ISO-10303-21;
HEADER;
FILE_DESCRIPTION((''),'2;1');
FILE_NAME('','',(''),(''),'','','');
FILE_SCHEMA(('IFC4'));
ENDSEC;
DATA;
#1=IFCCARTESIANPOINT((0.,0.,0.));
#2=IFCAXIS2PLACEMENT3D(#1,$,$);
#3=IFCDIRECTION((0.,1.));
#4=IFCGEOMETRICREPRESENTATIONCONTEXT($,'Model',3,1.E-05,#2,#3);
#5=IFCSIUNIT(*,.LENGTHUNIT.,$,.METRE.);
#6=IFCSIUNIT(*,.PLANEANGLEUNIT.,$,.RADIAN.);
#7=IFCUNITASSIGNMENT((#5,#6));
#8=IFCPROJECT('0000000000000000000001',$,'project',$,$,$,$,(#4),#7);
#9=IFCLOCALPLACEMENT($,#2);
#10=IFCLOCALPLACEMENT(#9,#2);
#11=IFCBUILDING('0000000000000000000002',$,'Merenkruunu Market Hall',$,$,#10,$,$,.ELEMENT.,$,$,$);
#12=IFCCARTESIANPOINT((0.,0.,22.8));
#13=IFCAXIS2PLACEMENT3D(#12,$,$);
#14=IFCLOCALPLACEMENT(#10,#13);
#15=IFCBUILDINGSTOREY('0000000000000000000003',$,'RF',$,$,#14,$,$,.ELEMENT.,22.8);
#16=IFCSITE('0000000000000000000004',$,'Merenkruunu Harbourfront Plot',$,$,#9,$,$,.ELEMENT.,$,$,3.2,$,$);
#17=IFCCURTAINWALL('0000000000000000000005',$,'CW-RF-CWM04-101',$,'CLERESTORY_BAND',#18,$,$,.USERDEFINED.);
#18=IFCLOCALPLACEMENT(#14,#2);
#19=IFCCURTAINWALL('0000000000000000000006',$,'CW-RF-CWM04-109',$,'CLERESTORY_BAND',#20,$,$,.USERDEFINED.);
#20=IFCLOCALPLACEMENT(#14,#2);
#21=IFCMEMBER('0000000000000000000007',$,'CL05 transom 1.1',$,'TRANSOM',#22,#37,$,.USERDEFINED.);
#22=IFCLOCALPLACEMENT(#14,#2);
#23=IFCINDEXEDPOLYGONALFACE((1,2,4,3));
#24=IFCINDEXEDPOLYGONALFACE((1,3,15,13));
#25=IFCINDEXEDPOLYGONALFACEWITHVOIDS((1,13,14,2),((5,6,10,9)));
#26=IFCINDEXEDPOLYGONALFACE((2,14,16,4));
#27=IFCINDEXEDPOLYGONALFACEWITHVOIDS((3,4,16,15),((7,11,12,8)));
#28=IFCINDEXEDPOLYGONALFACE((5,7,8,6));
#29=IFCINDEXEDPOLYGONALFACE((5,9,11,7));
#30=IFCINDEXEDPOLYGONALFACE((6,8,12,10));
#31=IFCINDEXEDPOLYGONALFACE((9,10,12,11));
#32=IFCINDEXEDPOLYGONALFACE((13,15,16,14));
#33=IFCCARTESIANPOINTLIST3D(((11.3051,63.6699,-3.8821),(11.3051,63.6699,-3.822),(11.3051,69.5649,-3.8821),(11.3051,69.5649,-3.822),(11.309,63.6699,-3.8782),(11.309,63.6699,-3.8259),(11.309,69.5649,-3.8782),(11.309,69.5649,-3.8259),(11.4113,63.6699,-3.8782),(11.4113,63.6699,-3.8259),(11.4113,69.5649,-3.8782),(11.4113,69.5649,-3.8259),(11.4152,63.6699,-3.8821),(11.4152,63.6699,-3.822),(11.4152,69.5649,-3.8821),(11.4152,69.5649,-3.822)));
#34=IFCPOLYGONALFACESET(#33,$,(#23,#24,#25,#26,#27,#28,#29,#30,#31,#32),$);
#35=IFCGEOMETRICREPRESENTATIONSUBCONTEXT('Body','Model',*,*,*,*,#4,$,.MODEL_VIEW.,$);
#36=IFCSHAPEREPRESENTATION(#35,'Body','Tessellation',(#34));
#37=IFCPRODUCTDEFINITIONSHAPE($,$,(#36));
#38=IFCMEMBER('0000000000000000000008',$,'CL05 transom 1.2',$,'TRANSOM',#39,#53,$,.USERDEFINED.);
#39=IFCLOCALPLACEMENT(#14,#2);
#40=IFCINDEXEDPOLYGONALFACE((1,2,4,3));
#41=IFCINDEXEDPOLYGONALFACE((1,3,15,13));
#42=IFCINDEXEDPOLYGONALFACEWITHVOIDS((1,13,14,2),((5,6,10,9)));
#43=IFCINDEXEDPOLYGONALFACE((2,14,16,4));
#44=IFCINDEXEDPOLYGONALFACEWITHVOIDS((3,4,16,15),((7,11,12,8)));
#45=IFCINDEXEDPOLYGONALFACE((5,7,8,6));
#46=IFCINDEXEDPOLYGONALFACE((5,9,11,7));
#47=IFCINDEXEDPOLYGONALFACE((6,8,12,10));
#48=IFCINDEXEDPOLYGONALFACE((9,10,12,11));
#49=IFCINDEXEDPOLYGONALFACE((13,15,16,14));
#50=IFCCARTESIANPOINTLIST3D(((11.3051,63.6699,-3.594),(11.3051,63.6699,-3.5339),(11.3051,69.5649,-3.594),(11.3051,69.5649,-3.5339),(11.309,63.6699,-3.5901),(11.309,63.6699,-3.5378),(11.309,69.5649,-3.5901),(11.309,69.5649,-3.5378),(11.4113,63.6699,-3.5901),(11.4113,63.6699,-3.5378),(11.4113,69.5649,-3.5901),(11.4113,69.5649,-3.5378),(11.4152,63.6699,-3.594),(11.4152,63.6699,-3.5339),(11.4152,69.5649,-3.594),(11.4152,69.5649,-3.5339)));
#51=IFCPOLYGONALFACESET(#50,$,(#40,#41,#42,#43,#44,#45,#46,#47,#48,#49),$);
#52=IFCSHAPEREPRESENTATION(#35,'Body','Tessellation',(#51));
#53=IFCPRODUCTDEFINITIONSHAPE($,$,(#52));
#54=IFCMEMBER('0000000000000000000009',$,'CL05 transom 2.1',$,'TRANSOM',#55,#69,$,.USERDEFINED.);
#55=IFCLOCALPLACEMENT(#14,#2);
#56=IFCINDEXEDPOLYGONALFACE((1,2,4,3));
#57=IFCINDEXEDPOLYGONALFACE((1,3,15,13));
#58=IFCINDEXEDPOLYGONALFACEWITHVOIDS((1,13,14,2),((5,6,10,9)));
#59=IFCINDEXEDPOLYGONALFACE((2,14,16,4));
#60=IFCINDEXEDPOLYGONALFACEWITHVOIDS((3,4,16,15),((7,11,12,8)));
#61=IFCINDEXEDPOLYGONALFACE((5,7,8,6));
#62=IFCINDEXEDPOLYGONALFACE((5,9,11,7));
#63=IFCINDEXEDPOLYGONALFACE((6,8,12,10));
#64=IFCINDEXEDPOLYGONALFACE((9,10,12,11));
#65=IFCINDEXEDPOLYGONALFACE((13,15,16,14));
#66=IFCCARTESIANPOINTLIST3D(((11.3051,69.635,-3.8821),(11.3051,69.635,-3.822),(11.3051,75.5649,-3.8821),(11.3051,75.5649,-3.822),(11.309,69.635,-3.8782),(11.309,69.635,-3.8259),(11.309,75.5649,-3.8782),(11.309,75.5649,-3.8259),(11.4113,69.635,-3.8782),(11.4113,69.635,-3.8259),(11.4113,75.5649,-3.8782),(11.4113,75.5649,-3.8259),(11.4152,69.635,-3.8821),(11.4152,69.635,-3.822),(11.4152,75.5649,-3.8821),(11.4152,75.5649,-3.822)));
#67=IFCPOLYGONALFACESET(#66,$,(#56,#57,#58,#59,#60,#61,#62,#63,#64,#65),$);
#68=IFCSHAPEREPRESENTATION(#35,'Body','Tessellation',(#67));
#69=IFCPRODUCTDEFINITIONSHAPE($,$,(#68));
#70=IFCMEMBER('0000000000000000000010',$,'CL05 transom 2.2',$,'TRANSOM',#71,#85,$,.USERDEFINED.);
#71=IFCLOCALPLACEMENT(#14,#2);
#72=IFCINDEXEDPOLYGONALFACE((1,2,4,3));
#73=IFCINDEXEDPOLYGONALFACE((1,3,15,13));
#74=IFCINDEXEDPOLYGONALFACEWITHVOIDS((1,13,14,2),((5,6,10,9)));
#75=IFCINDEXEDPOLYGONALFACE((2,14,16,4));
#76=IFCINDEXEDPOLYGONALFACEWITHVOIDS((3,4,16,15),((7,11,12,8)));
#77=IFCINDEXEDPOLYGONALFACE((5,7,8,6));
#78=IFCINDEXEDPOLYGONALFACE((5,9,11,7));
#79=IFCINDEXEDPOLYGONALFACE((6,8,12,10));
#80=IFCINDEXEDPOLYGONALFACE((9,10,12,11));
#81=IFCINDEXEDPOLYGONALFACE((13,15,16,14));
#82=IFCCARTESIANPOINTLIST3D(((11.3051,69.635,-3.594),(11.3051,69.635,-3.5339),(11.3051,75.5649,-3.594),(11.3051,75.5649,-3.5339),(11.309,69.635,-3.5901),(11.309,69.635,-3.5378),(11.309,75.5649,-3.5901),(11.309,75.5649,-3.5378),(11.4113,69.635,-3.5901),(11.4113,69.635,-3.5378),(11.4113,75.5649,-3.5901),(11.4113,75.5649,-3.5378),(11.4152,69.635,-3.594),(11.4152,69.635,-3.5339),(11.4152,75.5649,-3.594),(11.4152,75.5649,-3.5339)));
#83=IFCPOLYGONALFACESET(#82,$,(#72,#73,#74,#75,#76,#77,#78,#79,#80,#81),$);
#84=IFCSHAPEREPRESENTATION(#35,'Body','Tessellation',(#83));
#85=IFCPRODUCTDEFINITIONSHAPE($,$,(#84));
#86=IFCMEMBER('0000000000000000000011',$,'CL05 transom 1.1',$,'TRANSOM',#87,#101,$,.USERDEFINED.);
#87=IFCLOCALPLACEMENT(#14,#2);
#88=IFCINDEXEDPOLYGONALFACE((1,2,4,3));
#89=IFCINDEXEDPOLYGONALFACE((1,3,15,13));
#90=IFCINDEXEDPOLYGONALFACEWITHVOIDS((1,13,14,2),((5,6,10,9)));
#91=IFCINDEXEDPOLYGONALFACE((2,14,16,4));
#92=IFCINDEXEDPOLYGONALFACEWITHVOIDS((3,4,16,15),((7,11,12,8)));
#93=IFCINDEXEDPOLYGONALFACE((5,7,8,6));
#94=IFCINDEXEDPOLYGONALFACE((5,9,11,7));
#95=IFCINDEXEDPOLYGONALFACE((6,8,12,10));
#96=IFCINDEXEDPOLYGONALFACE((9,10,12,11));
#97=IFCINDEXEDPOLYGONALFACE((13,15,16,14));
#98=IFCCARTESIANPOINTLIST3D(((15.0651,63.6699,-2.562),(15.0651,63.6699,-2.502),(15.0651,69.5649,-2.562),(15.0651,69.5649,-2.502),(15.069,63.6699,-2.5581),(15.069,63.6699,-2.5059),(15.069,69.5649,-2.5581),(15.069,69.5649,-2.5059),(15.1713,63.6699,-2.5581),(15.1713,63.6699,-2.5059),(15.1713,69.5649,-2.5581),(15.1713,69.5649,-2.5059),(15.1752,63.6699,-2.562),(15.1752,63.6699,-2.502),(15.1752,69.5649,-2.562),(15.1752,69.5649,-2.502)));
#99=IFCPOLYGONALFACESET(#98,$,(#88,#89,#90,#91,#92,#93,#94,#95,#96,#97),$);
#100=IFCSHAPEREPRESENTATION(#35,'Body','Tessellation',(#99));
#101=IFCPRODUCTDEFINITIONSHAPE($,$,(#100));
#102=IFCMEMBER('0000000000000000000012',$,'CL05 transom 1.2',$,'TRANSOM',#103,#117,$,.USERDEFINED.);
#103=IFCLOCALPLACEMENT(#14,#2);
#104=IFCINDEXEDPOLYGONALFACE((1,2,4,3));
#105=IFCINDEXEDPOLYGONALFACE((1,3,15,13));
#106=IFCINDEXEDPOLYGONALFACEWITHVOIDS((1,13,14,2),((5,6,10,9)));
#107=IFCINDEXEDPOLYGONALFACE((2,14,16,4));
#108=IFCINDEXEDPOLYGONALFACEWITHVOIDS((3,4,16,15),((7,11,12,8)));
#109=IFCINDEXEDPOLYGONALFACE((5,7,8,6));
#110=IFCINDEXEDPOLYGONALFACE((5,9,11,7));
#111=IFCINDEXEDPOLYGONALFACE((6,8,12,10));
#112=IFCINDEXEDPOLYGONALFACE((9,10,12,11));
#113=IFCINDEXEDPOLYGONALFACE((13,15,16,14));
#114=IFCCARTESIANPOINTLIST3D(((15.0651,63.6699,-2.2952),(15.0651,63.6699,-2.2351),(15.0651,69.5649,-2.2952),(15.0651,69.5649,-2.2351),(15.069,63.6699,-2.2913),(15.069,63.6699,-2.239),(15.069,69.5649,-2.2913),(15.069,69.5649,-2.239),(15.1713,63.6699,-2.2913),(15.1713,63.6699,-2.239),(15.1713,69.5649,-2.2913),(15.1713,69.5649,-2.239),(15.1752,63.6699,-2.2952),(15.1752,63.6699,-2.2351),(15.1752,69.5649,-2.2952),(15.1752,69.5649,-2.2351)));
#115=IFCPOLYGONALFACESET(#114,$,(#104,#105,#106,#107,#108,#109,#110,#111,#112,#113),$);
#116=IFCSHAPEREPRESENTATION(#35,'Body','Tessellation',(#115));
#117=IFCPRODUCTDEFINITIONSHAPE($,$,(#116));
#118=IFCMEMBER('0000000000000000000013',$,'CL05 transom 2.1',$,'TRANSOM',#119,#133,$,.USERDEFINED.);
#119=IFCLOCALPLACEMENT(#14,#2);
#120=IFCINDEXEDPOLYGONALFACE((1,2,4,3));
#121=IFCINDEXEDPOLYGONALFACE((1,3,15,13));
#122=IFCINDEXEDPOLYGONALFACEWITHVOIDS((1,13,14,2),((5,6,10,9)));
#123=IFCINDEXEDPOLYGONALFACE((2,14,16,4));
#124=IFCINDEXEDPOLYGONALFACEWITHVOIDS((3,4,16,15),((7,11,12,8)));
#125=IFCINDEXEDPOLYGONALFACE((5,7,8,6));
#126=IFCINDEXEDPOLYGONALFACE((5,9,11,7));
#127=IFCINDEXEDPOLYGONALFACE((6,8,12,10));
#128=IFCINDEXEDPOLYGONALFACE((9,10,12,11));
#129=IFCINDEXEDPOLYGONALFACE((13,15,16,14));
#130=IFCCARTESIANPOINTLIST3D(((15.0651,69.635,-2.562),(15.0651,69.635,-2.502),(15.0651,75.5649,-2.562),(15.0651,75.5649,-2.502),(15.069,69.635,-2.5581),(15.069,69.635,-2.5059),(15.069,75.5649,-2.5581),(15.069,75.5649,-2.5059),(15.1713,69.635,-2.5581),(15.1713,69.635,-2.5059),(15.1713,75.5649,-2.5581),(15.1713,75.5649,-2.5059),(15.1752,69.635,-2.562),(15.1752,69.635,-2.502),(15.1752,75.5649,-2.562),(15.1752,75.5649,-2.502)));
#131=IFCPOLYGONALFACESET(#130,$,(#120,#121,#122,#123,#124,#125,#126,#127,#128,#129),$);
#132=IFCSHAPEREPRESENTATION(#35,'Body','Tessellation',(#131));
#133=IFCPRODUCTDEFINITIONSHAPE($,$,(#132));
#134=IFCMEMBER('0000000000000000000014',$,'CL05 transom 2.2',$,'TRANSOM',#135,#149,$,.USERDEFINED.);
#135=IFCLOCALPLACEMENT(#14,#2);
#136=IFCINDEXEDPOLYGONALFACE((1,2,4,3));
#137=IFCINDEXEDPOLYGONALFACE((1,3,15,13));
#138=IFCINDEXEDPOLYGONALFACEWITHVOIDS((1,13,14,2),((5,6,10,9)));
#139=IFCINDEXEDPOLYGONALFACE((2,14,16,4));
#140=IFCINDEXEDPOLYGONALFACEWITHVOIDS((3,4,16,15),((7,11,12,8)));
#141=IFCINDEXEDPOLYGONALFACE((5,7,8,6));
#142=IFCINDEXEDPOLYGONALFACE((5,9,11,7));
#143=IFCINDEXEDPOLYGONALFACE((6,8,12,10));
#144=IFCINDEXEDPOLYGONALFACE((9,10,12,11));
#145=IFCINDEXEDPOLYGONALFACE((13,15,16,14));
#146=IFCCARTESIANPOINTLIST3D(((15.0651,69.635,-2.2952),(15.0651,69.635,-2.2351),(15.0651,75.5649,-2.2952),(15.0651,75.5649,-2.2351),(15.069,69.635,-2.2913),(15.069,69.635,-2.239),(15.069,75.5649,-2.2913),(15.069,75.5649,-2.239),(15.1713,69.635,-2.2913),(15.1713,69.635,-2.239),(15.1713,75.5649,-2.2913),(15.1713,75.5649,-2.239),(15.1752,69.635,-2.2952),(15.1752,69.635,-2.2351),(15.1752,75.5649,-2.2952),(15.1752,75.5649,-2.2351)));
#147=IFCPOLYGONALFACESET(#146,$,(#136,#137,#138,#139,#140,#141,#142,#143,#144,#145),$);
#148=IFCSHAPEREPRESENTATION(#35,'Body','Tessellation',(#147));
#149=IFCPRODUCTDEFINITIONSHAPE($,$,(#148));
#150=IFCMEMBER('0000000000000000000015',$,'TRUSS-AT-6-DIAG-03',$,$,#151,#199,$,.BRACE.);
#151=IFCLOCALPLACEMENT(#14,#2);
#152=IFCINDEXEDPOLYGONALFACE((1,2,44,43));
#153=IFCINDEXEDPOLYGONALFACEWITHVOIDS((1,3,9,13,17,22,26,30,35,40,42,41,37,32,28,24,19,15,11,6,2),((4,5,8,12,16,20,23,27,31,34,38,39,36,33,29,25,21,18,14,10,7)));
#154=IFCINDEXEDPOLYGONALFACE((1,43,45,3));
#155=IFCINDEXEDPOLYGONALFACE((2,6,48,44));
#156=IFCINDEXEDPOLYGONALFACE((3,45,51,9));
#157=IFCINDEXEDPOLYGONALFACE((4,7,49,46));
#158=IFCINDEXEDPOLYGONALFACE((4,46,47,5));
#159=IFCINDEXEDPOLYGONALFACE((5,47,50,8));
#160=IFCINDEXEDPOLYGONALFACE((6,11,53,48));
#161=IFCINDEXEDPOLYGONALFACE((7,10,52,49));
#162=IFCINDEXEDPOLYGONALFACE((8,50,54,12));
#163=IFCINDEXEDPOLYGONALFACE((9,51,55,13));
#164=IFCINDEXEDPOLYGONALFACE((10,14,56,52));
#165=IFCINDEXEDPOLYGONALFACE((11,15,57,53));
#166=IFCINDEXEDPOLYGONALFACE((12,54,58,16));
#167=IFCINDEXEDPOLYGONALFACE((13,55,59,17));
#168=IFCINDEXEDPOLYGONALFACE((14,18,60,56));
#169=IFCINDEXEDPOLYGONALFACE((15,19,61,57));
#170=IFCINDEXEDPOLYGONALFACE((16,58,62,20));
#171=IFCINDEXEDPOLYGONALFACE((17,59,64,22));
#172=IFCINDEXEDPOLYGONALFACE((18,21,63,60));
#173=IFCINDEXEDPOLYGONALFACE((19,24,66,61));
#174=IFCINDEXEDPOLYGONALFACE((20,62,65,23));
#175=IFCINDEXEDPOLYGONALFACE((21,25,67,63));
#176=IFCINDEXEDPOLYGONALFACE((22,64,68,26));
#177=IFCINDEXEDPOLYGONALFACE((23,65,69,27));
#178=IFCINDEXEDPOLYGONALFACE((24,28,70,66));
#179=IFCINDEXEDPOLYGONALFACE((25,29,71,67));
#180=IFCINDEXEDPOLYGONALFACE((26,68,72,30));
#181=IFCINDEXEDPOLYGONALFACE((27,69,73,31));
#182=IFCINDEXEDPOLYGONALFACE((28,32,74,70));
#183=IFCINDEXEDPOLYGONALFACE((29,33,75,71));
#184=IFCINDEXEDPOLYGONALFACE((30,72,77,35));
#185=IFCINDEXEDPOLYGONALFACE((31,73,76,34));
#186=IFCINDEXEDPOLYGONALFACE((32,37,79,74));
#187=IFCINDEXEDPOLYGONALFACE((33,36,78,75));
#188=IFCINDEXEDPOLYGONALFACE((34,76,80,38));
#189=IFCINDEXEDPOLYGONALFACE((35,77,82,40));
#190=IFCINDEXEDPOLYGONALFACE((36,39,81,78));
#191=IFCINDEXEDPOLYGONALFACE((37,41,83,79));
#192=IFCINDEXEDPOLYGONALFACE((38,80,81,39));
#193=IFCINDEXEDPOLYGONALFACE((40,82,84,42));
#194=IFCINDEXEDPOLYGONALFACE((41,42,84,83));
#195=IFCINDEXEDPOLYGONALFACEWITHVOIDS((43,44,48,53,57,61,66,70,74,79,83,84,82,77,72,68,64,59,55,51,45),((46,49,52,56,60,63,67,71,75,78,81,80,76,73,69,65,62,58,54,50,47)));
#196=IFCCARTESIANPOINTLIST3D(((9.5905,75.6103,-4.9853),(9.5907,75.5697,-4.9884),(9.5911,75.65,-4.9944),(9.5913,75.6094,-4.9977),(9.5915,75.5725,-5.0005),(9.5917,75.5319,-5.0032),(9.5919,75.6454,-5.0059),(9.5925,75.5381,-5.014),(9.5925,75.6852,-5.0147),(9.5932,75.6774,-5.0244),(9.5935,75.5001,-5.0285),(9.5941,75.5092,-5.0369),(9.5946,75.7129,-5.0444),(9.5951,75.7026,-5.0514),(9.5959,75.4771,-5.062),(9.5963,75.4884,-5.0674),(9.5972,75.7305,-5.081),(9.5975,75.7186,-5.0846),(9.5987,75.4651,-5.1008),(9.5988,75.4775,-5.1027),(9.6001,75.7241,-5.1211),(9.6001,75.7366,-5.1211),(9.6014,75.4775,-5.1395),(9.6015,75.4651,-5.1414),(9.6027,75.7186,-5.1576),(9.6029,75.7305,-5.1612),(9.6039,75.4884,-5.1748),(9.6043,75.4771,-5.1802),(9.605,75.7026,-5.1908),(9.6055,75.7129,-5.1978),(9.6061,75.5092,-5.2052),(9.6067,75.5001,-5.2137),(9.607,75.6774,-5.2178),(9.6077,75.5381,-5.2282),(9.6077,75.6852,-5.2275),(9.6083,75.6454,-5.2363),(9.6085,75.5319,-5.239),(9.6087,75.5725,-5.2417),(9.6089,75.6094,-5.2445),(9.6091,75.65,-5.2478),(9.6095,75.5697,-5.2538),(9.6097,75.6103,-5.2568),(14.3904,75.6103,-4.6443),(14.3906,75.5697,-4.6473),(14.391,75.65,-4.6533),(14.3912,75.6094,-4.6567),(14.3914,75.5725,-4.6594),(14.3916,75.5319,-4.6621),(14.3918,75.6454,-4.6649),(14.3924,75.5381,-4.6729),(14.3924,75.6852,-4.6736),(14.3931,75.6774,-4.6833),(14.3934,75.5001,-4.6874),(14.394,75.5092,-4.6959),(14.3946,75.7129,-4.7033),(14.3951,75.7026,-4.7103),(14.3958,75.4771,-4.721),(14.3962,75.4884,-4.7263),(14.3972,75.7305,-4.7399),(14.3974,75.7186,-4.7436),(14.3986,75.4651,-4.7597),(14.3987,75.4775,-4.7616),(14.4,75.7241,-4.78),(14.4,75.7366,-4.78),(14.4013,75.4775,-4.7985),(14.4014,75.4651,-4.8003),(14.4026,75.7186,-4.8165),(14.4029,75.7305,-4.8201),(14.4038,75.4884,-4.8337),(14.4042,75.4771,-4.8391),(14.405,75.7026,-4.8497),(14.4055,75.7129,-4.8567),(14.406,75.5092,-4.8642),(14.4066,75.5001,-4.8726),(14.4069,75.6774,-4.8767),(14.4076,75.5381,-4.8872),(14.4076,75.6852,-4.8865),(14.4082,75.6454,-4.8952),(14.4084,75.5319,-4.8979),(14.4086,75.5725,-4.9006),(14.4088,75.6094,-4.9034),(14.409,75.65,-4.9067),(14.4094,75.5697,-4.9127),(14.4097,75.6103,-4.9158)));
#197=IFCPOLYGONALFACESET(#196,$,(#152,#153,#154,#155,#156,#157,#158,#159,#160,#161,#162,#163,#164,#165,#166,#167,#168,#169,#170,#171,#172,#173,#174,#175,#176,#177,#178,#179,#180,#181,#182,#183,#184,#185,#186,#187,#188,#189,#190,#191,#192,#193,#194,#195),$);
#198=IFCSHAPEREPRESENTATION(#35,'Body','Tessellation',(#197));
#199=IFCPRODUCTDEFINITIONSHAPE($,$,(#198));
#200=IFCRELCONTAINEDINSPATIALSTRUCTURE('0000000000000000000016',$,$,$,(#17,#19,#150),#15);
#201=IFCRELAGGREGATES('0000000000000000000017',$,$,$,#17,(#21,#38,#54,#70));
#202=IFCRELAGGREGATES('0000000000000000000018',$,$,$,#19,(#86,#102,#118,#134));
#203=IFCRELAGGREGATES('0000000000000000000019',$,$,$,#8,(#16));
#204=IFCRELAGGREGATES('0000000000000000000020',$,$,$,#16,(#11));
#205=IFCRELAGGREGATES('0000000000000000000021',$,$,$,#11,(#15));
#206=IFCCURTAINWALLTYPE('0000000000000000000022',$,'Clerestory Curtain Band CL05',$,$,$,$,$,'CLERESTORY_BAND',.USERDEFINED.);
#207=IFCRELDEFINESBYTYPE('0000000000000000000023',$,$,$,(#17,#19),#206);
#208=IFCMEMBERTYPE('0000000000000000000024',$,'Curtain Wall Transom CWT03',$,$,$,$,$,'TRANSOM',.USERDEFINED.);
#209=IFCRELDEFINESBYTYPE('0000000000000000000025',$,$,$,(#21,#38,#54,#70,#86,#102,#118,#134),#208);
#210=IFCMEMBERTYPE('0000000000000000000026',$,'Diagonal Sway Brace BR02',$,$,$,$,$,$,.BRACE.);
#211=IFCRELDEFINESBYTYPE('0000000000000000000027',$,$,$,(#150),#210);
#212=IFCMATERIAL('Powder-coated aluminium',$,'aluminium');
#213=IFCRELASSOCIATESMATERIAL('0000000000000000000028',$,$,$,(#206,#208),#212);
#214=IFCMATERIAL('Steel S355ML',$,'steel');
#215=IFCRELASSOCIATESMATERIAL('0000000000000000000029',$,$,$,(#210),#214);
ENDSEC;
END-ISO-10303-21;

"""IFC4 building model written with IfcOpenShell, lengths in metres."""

from ifc_helpers import new_model, si_unit, direction, frame, origin, origin_2d, place, context, subcontext, project, spatial, hollow_rectangle, hollow_circle, extrude, material, material_profile, profile_set, type_object, element, aggregate, save


model = new_model("IFC4")

# Units and contexts
model_context = context("Model", 3, precision=1e-05, world=origin(), true_north=direction((0.0, 1.0)))
body_context = subcontext(model_context, "Body", "Model", "MODEL_VIEW")
ifc_project = project(units=[si_unit("LENGTHUNIT", "METRE"), si_unit("PLANEANGLEUNIT", "RADIAN")], contexts=[model_context])

# Site, building, storey
site_placement = place(None, origin())
site = spatial("IfcSite", under=ifc_project, at=site_placement, Name="Merenkruunu Harbourfront Plot", CompositionType="ELEMENT", RefElevation=3.2)
building_placement = place(site_placement, origin())
building = spatial("IfcBuilding", under=site, at=building_placement, Name="Merenkruunu Market Hall", CompositionType="ELEMENT")
storey_placement = place(building_placement, frame((0.0, 0.0, 22.8)))
storey = spatial("IfcBuildingStorey", under=building, at=storey_placement, Name="RF", CompositionType="ELEMENT", Elevation=22.8)

# Shared definitions
ifc_material_1 = material(Name="Steel S355ML", Category="steel")

# Curtain walls
ifc_material_2 = material(Name="Powder-coated aluminium", Category="aluminium")
curtain_wall_type = type_object("IfcCurtainWallType", Name="Clerestory Curtain Band CL05", ElementType="CLERESTORY_BAND", PredefinedType="USERDEFINED", material=ifc_material_2)
curtain_wall_1_placement = place(storey_placement, origin())
curtain_wall_1 = element("IfcCurtainWall", 1, at=curtain_wall_1_placement, inside=storey, type_object=curtain_wall_type, Name="CW-RF-CWM04-101", ObjectType="CLERESTORY_BAND", PredefinedType="USERDEFINED")
curtain_wall_2_placement = place(storey_placement, origin())
curtain_wall_2 = element("IfcCurtainWall", 2, at=curtain_wall_2_placement, inside=storey, type_object=curtain_wall_type, Name="CW-RF-CWM04-109", ObjectType="CLERESTORY_BAND", PredefinedType="USERDEFINED")

# Members
ifc_material_profile_1 = material_profile(ifc_material_2, hollow_rectangle(XDim=0.0601, YDim=0.1101, WallThickness=0.0039, at=origin_2d()), Name="ALU 60x110x4")
ifc_profile_set_1 = profile_set([ifc_material_profile_1], Name="Powder-coated aluminium")
member_type_1 = type_object("IfcMemberType", Name="Curtain Wall Transom CWT03", ElementType="TRANSOM", PredefinedType="USERDEFINED", material=ifc_profile_set_1)
member_1_placement = place(storey_placement, frame((11.3601, 63.6699, -3.8521), z_axis=(0.0, 1.0, 0.0), x_axis=(0.0, 0.0, 1.0)))
member_1 = element("IfcMember", 3, at=member_1_placement, type_object=member_type_1, Name="CL05 transom 1.1", ObjectType="TRANSOM", PredefinedType="USERDEFINED", context=body_context, shape_type="SweptSolid", body=[
    extrude(hollow_rectangle(XDim=0.0601, YDim=0.1101, WallThickness=0.0039, at=origin_2d()), origin(), (0.0, 0.0, 1.0), 5.895),
])
member_2_placement = place(storey_placement, frame((11.3601, 63.6699, -3.564), z_axis=(0.0, 1.0, 0.0), x_axis=(0.0, 0.0, 1.0)))
member_2 = element("IfcMember", 4, at=member_2_placement, type_object=member_type_1, Name="CL05 transom 1.2", ObjectType="TRANSOM", PredefinedType="USERDEFINED", context=body_context, shape_type="SweptSolid", body=[
    extrude(hollow_rectangle(XDim=0.0601, YDim=0.1101, WallThickness=0.0039, at=origin_2d()), origin(), (0.0, 0.0, 1.0), 5.895),
])
member_3_placement = place(storey_placement, frame((11.3601, 69.635, -3.8521), z_axis=(0.0, 1.0, 0.0), x_axis=(0.0, 0.0, 1.0)))
member_3 = element("IfcMember", 5, at=member_3_placement, type_object=member_type_1, Name="CL05 transom 2.1", ObjectType="TRANSOM", PredefinedType="USERDEFINED", context=body_context, shape_type="SweptSolid", body=[
    extrude(hollow_rectangle(XDim=0.0601, YDim=0.1101, WallThickness=0.0039, at=origin_2d()), origin(), (0.0, 0.0, 1.0), 5.9299),
])
member_4_placement = place(storey_placement, frame((11.3601, 69.635, -3.564), z_axis=(0.0, 1.0, 0.0), x_axis=(0.0, 0.0, 1.0)))
member_4 = element("IfcMember", 6, at=member_4_placement, type_object=member_type_1, Name="CL05 transom 2.2", ObjectType="TRANSOM", PredefinedType="USERDEFINED", context=body_context, shape_type="SweptSolid", body=[
    extrude(hollow_rectangle(XDim=0.0601, YDim=0.1101, WallThickness=0.0039, at=origin_2d()), origin(), (0.0, 0.0, 1.0), 5.9299),
])
member_5_placement = place(storey_placement, frame((15.1201, 63.6699, -2.532), z_axis=(0.0, 1.0, 0.0), x_axis=(0.0, 0.0, 1.0)))
member_5 = element("IfcMember", 7, at=member_5_placement, type_object=member_type_1, Name="CL05 transom 1.1", ObjectType="TRANSOM", PredefinedType="USERDEFINED", context=body_context, shape_type="SweptSolid", body=[
    extrude(hollow_rectangle(XDim=0.0601, YDim=0.1101, WallThickness=0.0039, at=origin_2d()), origin(), (0.0, 0.0, 1.0), 5.895),
])
member_6_placement = place(storey_placement, frame((15.1201, 63.6699, -2.2651), z_axis=(0.0, 1.0, 0.0), x_axis=(0.0, 0.0, 1.0)))
member_6 = element("IfcMember", 8, at=member_6_placement, type_object=member_type_1, Name="CL05 transom 1.2", ObjectType="TRANSOM", PredefinedType="USERDEFINED", context=body_context, shape_type="SweptSolid", body=[
    extrude(hollow_rectangle(XDim=0.0601, YDim=0.1101, WallThickness=0.0039, at=origin_2d()), origin(), (0.0, 0.0, 1.0), 5.895),
])
member_7_placement = place(storey_placement, frame((15.1201, 69.635, -2.532), z_axis=(0.0, 1.0, 0.0), x_axis=(0.0, 0.0, 1.0)))
member_7 = element("IfcMember", 9, at=member_7_placement, type_object=member_type_1, Name="CL05 transom 2.1", ObjectType="TRANSOM", PredefinedType="USERDEFINED", context=body_context, shape_type="SweptSolid", body=[
    extrude(hollow_rectangle(XDim=0.0601, YDim=0.1101, WallThickness=0.0039, at=origin_2d()), origin(), (0.0, 0.0, 1.0), 5.9299),
])
member_8_placement = place(storey_placement, frame((15.1201, 69.635, -2.2651), z_axis=(0.0, 1.0, 0.0), x_axis=(0.0, 0.0, 1.0)))
member_8 = element("IfcMember", 10, at=member_8_placement, type_object=member_type_1, Name="CL05 transom 2.2", ObjectType="TRANSOM", PredefinedType="USERDEFINED", context=body_context, shape_type="SweptSolid", body=[
    extrude(hollow_rectangle(XDim=0.0601, YDim=0.1101, WallThickness=0.0039, at=origin_2d()), origin(), (0.0, 0.0, 1.0), 5.9299),
])

# Member
ifc_material_profile_2 = material_profile(ifc_material_1, hollow_circle(Radius=0.1365, WallThickness=0.0125, at=origin_2d()), Name="CHS 273x12.5")
ifc_profile_set_2 = profile_set([ifc_material_profile_2], Name="Steel S355ML")
member_type_2 = type_object("IfcMemberType", Name="Diagonal Sway Brace BR02", PredefinedType="BRACE", material=ifc_profile_set_2)
member_9_placement = place(storey_placement, frame((9.6001, 75.6001, -5.1211), z_axis=(0.997485, 0.0, 0.070879), x_axis=(0.0, 1.0, 0.0)))
element("IfcMember", 11, at=member_9_placement, inside=storey, type_object=member_type_2, Name="TRUSS-AT-6-DIAG-03", PredefinedType="BRACE", context=body_context, shape_type="SweptSolid", body=[
    extrude(hollow_circle(Radius=0.1365, WallThickness=0.0125, at=origin_2d()), origin(), (0.0, 0.0, 1.0), 4.812),
])

aggregate(curtain_wall_1, [member_1, member_2, member_3, member_4])
aggregate(curtain_wall_2, [member_5, member_6, member_7, member_8])

save(model, "model.ifc")
